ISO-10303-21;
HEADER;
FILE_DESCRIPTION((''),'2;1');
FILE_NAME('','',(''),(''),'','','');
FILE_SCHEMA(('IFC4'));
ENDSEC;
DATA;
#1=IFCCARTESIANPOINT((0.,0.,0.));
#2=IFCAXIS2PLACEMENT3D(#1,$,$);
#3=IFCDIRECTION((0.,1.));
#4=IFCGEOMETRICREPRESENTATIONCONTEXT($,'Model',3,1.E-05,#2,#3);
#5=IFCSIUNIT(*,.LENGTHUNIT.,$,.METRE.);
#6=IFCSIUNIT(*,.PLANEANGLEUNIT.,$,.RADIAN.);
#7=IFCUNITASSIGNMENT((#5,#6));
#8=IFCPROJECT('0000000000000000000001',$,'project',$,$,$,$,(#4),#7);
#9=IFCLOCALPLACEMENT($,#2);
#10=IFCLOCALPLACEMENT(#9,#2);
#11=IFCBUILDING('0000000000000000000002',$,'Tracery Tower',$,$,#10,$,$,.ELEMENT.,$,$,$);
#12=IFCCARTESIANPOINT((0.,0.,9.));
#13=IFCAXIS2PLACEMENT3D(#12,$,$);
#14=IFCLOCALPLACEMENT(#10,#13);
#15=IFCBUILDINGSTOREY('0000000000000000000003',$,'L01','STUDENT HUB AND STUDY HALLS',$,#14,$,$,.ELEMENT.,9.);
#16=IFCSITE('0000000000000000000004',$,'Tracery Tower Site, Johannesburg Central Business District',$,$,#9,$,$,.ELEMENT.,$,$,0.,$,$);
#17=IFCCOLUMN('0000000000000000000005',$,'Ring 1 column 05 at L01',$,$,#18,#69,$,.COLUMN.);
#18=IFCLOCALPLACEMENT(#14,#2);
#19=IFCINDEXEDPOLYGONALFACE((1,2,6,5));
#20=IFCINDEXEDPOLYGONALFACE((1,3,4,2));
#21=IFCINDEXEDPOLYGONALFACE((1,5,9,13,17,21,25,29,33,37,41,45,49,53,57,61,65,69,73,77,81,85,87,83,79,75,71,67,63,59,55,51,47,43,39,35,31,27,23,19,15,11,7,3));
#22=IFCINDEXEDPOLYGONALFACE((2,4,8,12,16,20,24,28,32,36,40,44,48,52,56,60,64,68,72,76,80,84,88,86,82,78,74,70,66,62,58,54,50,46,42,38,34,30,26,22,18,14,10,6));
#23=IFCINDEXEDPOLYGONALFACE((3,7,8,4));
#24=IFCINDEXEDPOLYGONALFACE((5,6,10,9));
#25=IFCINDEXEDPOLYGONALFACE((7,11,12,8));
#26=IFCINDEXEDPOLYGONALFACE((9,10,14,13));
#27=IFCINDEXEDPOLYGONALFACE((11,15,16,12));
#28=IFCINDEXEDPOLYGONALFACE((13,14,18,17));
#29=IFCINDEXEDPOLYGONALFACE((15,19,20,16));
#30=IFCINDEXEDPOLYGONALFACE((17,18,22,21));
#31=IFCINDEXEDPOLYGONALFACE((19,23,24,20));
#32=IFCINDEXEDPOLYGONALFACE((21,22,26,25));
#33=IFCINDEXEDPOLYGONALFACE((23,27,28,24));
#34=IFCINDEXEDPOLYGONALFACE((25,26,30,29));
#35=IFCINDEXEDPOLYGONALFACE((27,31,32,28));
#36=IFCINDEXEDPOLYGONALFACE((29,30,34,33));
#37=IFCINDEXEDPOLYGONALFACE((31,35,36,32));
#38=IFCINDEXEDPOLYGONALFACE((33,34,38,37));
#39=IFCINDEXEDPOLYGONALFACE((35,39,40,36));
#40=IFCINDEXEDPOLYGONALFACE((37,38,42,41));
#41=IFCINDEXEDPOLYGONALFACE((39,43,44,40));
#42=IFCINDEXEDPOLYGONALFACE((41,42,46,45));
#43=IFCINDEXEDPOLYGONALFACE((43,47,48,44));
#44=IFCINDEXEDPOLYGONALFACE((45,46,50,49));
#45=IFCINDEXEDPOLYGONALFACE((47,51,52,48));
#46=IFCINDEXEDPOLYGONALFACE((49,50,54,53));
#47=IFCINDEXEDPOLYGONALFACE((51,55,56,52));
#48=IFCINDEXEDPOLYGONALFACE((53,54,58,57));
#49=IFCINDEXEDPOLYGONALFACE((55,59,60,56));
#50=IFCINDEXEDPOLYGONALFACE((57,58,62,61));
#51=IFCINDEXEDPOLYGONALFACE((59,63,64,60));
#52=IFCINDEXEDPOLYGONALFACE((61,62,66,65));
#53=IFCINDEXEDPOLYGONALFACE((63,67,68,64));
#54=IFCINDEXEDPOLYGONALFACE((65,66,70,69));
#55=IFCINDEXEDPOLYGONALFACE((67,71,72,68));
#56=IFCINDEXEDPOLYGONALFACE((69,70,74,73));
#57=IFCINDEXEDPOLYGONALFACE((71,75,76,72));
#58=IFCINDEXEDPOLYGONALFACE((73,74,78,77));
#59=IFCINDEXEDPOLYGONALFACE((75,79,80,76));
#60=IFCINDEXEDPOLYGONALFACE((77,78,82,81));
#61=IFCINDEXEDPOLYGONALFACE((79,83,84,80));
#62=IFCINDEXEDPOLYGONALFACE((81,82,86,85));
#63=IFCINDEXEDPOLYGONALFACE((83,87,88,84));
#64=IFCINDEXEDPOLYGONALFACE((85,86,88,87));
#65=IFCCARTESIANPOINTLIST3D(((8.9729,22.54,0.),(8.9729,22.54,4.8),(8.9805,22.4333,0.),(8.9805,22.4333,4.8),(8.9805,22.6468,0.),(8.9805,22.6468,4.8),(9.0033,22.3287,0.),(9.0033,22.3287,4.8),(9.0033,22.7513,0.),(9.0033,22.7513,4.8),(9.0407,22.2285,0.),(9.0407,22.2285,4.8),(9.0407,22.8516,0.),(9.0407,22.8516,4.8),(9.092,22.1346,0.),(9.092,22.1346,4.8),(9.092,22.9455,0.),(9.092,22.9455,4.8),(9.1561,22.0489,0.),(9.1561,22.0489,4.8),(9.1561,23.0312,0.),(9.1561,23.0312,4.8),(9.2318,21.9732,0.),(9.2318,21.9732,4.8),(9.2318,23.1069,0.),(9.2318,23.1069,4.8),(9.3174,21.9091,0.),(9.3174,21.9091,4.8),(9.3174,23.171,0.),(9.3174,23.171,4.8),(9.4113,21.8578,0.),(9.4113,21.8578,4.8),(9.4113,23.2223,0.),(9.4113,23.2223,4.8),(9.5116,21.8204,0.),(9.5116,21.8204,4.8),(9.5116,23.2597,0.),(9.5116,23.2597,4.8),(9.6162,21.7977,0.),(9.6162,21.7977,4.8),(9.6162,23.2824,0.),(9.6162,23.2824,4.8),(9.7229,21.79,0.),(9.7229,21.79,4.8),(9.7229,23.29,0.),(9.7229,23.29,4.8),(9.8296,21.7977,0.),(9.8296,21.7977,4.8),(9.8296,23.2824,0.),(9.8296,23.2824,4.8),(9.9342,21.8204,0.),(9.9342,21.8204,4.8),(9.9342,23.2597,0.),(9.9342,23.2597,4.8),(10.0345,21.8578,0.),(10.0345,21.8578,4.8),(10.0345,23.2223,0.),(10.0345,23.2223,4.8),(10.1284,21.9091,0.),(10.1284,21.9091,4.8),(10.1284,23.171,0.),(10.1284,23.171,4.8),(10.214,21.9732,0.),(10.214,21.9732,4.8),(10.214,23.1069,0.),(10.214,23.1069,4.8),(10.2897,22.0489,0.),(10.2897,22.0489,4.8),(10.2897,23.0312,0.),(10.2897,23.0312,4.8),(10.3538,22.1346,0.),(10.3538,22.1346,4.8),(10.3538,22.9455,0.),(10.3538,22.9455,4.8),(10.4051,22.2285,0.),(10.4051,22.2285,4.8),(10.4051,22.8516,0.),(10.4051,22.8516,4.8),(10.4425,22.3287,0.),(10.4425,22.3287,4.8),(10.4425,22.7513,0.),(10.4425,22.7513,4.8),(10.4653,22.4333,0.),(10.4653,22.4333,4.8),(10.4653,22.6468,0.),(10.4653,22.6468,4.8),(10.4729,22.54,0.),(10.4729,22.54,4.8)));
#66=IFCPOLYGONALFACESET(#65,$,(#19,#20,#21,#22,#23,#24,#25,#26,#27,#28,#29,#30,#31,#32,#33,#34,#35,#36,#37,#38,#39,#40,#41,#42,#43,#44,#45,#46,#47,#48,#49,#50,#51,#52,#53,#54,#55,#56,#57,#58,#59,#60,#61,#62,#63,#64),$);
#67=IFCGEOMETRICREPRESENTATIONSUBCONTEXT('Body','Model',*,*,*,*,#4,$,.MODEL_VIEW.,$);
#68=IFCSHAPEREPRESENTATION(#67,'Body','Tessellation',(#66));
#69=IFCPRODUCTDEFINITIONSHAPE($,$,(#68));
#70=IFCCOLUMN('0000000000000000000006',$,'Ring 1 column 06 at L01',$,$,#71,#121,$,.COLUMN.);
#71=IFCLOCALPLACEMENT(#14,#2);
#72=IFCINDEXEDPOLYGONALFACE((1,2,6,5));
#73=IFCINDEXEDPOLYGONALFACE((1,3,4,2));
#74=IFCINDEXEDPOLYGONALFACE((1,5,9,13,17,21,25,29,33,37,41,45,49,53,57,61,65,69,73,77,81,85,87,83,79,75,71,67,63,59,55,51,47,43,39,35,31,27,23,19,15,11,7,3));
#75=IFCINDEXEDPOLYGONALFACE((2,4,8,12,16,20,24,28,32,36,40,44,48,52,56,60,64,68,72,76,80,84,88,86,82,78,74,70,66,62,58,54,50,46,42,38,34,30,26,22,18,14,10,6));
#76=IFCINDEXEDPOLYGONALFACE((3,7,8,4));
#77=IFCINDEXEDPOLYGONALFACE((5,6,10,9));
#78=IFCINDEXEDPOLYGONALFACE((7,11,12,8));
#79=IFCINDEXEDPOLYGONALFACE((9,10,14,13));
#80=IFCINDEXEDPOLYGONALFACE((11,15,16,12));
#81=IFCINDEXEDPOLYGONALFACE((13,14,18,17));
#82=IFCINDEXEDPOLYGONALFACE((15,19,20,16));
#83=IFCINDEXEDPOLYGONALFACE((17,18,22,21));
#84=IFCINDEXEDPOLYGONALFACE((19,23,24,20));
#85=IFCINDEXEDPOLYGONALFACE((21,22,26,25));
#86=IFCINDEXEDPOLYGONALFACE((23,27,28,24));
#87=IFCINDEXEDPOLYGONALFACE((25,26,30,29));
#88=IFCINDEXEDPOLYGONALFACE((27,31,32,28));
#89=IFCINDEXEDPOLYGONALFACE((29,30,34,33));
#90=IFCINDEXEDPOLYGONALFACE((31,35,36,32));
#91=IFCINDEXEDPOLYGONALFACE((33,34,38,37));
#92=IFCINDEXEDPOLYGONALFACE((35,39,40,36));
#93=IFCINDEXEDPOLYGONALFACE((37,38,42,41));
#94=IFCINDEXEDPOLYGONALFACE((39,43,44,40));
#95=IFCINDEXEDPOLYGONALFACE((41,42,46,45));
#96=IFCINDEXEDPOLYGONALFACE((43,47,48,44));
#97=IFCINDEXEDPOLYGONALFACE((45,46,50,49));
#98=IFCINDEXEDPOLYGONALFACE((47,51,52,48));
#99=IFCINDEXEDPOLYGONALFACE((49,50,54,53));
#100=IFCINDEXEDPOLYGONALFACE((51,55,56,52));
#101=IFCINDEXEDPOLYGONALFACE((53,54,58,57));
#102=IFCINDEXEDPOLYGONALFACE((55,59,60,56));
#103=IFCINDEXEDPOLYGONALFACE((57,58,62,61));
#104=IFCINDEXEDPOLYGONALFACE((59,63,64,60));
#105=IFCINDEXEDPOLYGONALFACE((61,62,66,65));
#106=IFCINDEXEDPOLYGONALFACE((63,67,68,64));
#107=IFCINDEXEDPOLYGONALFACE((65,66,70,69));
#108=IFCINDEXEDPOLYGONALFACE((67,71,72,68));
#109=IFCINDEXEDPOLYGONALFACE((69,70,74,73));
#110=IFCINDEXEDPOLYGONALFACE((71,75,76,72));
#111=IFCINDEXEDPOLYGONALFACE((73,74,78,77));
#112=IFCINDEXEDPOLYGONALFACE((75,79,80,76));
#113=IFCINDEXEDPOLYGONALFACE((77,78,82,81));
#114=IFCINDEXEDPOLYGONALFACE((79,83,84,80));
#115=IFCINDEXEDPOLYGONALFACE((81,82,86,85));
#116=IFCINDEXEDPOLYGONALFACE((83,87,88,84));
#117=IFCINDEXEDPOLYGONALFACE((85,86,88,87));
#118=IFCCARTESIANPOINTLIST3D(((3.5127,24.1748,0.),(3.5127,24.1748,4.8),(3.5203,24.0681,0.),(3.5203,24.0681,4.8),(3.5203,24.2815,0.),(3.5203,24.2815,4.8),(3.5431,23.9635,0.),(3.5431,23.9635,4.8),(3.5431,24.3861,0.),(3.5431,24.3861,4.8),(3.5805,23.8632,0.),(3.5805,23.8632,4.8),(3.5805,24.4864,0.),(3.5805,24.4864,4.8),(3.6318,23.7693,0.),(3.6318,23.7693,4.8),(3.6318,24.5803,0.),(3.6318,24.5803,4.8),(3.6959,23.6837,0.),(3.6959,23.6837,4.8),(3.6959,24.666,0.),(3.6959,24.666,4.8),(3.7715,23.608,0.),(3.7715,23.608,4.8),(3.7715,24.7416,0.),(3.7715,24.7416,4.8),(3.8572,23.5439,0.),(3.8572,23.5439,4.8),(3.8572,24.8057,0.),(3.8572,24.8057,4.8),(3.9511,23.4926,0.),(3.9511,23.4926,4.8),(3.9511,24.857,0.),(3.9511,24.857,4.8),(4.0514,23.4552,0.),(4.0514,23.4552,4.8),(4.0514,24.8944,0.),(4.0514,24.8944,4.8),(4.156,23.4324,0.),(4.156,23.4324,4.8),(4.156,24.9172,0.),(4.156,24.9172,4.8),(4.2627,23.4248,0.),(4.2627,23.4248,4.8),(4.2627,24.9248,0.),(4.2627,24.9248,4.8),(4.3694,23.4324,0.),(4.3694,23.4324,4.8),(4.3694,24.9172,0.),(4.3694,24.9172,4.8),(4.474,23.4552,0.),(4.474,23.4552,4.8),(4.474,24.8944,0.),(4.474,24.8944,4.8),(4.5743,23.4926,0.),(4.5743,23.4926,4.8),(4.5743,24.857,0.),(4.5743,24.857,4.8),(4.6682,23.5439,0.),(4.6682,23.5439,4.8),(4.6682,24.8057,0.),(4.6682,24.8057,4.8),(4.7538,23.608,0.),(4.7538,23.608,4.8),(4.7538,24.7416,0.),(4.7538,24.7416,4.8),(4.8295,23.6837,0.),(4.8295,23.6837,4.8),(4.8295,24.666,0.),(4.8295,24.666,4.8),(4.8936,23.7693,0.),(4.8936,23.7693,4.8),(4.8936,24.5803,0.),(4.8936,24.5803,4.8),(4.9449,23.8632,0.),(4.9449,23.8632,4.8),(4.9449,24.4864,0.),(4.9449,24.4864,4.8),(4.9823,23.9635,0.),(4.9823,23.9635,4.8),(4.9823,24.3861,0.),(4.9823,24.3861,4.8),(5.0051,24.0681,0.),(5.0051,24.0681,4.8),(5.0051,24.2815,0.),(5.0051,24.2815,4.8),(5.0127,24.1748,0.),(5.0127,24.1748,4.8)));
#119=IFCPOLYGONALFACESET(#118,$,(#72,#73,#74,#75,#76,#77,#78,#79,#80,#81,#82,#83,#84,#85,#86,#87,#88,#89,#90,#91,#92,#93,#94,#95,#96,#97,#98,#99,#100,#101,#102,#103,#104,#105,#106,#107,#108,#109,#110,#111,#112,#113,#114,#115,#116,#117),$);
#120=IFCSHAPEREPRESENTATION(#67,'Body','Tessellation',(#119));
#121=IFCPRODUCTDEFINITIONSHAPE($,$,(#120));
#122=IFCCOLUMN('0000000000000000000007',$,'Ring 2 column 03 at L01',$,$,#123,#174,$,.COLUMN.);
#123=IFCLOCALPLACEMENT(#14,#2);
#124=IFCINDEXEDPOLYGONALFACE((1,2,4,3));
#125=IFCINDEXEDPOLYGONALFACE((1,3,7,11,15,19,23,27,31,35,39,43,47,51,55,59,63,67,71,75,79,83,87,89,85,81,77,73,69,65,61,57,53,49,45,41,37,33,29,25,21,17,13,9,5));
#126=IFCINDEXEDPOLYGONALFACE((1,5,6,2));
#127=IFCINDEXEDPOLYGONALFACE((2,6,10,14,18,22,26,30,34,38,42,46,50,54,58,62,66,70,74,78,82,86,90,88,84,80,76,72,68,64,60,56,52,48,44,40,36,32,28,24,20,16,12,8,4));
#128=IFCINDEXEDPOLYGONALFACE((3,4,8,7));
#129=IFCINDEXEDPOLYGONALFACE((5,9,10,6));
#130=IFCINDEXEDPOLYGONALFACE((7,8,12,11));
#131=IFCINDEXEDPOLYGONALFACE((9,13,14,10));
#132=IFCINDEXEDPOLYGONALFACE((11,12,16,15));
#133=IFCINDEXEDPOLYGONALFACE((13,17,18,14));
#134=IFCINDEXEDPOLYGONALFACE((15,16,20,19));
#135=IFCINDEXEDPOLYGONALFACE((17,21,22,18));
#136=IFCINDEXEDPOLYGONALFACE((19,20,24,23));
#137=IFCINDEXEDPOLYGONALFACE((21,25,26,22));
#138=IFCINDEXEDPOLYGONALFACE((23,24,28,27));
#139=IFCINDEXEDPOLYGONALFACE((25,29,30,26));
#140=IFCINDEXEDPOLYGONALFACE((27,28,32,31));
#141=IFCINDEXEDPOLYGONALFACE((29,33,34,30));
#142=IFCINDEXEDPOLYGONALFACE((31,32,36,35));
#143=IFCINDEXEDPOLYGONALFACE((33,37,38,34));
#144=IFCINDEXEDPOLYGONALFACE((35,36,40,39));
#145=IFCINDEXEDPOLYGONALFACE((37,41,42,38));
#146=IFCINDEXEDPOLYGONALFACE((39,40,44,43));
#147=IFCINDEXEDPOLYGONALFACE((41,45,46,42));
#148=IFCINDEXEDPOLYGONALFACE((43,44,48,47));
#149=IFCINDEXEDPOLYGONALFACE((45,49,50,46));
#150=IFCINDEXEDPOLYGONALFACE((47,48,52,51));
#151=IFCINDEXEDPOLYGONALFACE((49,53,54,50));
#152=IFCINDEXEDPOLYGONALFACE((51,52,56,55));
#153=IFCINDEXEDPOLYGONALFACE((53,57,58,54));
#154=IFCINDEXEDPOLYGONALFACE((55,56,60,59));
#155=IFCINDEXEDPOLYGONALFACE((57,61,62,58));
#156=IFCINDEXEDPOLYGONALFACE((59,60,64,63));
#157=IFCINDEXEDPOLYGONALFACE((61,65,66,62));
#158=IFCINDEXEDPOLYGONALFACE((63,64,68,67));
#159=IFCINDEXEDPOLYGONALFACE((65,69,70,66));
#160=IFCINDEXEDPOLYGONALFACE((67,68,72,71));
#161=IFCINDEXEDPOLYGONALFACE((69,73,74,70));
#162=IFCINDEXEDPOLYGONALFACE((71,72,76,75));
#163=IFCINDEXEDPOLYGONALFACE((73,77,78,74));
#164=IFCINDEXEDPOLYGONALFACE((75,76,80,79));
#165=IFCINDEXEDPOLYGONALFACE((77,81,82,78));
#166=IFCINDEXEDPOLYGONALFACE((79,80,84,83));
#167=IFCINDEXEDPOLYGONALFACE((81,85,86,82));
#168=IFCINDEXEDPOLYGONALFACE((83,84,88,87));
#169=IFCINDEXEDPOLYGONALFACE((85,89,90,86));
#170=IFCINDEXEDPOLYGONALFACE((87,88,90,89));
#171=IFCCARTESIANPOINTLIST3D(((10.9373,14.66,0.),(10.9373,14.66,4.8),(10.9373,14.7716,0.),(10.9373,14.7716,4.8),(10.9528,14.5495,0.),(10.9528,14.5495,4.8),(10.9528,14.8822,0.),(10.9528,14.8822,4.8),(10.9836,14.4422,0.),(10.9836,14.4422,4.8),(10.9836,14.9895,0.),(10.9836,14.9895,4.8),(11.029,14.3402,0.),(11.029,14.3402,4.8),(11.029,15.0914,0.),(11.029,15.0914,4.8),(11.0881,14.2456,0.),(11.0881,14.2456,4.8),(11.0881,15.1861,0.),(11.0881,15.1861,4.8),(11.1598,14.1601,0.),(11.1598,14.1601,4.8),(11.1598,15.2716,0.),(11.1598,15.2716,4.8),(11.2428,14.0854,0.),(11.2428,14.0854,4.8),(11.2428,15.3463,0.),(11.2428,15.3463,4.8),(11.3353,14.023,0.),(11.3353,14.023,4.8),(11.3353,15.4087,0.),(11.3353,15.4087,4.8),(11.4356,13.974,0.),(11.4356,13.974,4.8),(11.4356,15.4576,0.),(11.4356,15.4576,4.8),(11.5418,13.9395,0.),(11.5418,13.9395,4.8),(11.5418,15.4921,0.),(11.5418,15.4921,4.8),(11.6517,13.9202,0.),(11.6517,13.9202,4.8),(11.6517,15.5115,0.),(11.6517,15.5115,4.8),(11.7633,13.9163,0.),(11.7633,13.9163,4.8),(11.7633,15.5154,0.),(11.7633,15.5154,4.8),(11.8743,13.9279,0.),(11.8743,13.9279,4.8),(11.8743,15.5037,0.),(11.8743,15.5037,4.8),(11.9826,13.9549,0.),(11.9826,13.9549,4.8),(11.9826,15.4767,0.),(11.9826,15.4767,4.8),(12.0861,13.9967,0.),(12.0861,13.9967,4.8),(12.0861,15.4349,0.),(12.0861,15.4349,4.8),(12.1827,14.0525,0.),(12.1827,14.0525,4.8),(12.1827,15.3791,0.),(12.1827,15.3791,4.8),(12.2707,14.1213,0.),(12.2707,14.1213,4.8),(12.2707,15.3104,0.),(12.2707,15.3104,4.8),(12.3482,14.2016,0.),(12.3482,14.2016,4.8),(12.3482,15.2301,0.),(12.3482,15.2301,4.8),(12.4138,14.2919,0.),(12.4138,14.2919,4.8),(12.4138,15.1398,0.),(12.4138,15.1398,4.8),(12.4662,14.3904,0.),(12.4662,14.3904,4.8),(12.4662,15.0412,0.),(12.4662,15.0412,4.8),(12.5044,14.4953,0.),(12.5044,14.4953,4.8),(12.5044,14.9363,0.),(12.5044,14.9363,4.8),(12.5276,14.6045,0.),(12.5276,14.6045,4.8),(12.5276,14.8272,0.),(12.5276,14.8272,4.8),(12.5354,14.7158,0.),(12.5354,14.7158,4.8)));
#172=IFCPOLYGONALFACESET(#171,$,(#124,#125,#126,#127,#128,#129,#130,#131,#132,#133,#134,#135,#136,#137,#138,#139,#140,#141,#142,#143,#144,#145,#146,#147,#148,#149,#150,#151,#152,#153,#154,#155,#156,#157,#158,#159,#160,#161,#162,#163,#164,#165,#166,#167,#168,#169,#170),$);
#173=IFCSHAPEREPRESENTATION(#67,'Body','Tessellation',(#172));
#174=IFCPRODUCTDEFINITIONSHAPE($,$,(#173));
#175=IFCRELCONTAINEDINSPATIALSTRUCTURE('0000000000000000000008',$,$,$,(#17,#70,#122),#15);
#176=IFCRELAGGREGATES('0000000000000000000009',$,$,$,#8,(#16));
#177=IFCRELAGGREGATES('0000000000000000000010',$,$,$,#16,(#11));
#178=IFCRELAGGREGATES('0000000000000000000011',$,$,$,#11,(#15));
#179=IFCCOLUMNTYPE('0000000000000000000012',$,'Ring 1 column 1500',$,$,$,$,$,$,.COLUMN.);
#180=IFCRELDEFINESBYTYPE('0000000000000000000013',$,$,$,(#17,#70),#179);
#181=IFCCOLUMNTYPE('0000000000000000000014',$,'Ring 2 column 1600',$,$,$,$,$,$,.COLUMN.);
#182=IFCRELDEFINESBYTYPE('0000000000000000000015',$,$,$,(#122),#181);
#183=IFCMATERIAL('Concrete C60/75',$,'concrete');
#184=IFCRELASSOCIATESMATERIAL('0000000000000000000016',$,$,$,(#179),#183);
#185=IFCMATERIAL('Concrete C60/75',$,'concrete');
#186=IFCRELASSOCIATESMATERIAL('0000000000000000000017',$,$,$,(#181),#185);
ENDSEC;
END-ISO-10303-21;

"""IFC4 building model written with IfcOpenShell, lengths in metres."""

from ifc_helpers import new_model, si_unit, direction, frame, origin, origin_2d, place, context, subcontext, project, spatial, circle, extrude, material, material_profile, profile_set, type_object, element, save


model = new_model("IFC4")

# Units and contexts
model_context = context("Model", 3, precision=1e-05, world=origin(), true_north=direction((0.0, 1.0)))
body_context = subcontext(model_context, "Body", "Model", "MODEL_VIEW")
ifc_project = project(units=[si_unit("LENGTHUNIT", "METRE"), si_unit("PLANEANGLEUNIT", "RADIAN")], contexts=[model_context])

# Site, building, storey
site_placement = place(None, origin())
site = spatial("IfcSite", under=ifc_project, at=site_placement, Name="Tracery Tower Site, Johannesburg Central Business District", CompositionType="ELEMENT", RefElevation=0.0)
building_placement = place(site_placement, origin())
building = spatial("IfcBuilding", under=site, at=building_placement, Name="Tracery Tower", CompositionType="ELEMENT")
storey_placement = place(building_placement, frame((0.0, 0.0, 9.0)))
storey = spatial("IfcBuildingStorey", under=building, at=storey_placement, Name="L01", Description="STUDENT HUB AND STUDY HALLS", CompositionType="ELEMENT", Elevation=9.0)

# Columns
ifc_material_1 = material(Name="Concrete C60/75", Category="concrete")
ifc_material_profile_1 = material_profile(ifc_material_1, circle(Radius=0.75, at=origin_2d()), Name="RC D1500")
ifc_profile_set_1 = profile_set([ifc_material_profile_1], Name="Concrete C60/75")
column_type_1 = type_object("IfcColumnType", Name="Ring 1 column 1500", PredefinedType="COLUMN", material=ifc_profile_set_1)
for number, where, z_axis, x_axis, name in (
    (1, (9.7229, 22.54, 0.0), (0.0, 0.0, 1.0), (1.0, 0.0, 0.0), "Ring 1 column 05 at L01"),
    (2, (4.2627, 24.1748, 0.0), (0.0, 0.0, 1.0), (1.0, 0.0, 0.0), "Ring 1 column 06 at L01"),
):
    element("IfcColumn", number, at=place(storey_placement, frame(where, z_axis=z_axis, x_axis=x_axis)), inside=storey, type_object=column_type_1, Name=name, PredefinedType="COLUMN", context=body_context, shape_type="SweptSolid", body=[
        extrude(circle(Radius=0.75, at=origin_2d()), origin(), (0.0, 0.0, 1.0), 4.8),
    ])
ifc_material_2 = material(Name="Concrete C60/75", Category="concrete")
ifc_material_profile_2 = material_profile(ifc_material_2, circle(Radius=0.8, at=origin_2d()), Name="RC D1600")
ifc_profile_set_2 = profile_set([ifc_material_profile_2], Name="Concrete C60/75")
column_type_2 = type_object("IfcColumnType", Name="Ring 2 column 1600", PredefinedType="COLUMN", material=ifc_profile_set_2)
for number, where, z_axis, x_axis, name in (
    (3, (11.7354, 14.7158, 0.0), (0.0, 0.0, 1.0), (1.0, 0.0, 0.0), "Ring 2 column 03 at L01"),
):
    element("IfcColumn", number, at=place(storey_placement, frame(where, z_axis=z_axis, x_axis=x_axis)), inside=storey, type_object=column_type_2, Name=name, PredefinedType="COLUMN", context=body_context, shape_type="SweptSolid", body=[
        extrude(circle(Radius=0.8, at=origin_2d()), origin(), (0.0, 0.0, 1.0), 4.8),
    ])

save(model, "model.ifc")
